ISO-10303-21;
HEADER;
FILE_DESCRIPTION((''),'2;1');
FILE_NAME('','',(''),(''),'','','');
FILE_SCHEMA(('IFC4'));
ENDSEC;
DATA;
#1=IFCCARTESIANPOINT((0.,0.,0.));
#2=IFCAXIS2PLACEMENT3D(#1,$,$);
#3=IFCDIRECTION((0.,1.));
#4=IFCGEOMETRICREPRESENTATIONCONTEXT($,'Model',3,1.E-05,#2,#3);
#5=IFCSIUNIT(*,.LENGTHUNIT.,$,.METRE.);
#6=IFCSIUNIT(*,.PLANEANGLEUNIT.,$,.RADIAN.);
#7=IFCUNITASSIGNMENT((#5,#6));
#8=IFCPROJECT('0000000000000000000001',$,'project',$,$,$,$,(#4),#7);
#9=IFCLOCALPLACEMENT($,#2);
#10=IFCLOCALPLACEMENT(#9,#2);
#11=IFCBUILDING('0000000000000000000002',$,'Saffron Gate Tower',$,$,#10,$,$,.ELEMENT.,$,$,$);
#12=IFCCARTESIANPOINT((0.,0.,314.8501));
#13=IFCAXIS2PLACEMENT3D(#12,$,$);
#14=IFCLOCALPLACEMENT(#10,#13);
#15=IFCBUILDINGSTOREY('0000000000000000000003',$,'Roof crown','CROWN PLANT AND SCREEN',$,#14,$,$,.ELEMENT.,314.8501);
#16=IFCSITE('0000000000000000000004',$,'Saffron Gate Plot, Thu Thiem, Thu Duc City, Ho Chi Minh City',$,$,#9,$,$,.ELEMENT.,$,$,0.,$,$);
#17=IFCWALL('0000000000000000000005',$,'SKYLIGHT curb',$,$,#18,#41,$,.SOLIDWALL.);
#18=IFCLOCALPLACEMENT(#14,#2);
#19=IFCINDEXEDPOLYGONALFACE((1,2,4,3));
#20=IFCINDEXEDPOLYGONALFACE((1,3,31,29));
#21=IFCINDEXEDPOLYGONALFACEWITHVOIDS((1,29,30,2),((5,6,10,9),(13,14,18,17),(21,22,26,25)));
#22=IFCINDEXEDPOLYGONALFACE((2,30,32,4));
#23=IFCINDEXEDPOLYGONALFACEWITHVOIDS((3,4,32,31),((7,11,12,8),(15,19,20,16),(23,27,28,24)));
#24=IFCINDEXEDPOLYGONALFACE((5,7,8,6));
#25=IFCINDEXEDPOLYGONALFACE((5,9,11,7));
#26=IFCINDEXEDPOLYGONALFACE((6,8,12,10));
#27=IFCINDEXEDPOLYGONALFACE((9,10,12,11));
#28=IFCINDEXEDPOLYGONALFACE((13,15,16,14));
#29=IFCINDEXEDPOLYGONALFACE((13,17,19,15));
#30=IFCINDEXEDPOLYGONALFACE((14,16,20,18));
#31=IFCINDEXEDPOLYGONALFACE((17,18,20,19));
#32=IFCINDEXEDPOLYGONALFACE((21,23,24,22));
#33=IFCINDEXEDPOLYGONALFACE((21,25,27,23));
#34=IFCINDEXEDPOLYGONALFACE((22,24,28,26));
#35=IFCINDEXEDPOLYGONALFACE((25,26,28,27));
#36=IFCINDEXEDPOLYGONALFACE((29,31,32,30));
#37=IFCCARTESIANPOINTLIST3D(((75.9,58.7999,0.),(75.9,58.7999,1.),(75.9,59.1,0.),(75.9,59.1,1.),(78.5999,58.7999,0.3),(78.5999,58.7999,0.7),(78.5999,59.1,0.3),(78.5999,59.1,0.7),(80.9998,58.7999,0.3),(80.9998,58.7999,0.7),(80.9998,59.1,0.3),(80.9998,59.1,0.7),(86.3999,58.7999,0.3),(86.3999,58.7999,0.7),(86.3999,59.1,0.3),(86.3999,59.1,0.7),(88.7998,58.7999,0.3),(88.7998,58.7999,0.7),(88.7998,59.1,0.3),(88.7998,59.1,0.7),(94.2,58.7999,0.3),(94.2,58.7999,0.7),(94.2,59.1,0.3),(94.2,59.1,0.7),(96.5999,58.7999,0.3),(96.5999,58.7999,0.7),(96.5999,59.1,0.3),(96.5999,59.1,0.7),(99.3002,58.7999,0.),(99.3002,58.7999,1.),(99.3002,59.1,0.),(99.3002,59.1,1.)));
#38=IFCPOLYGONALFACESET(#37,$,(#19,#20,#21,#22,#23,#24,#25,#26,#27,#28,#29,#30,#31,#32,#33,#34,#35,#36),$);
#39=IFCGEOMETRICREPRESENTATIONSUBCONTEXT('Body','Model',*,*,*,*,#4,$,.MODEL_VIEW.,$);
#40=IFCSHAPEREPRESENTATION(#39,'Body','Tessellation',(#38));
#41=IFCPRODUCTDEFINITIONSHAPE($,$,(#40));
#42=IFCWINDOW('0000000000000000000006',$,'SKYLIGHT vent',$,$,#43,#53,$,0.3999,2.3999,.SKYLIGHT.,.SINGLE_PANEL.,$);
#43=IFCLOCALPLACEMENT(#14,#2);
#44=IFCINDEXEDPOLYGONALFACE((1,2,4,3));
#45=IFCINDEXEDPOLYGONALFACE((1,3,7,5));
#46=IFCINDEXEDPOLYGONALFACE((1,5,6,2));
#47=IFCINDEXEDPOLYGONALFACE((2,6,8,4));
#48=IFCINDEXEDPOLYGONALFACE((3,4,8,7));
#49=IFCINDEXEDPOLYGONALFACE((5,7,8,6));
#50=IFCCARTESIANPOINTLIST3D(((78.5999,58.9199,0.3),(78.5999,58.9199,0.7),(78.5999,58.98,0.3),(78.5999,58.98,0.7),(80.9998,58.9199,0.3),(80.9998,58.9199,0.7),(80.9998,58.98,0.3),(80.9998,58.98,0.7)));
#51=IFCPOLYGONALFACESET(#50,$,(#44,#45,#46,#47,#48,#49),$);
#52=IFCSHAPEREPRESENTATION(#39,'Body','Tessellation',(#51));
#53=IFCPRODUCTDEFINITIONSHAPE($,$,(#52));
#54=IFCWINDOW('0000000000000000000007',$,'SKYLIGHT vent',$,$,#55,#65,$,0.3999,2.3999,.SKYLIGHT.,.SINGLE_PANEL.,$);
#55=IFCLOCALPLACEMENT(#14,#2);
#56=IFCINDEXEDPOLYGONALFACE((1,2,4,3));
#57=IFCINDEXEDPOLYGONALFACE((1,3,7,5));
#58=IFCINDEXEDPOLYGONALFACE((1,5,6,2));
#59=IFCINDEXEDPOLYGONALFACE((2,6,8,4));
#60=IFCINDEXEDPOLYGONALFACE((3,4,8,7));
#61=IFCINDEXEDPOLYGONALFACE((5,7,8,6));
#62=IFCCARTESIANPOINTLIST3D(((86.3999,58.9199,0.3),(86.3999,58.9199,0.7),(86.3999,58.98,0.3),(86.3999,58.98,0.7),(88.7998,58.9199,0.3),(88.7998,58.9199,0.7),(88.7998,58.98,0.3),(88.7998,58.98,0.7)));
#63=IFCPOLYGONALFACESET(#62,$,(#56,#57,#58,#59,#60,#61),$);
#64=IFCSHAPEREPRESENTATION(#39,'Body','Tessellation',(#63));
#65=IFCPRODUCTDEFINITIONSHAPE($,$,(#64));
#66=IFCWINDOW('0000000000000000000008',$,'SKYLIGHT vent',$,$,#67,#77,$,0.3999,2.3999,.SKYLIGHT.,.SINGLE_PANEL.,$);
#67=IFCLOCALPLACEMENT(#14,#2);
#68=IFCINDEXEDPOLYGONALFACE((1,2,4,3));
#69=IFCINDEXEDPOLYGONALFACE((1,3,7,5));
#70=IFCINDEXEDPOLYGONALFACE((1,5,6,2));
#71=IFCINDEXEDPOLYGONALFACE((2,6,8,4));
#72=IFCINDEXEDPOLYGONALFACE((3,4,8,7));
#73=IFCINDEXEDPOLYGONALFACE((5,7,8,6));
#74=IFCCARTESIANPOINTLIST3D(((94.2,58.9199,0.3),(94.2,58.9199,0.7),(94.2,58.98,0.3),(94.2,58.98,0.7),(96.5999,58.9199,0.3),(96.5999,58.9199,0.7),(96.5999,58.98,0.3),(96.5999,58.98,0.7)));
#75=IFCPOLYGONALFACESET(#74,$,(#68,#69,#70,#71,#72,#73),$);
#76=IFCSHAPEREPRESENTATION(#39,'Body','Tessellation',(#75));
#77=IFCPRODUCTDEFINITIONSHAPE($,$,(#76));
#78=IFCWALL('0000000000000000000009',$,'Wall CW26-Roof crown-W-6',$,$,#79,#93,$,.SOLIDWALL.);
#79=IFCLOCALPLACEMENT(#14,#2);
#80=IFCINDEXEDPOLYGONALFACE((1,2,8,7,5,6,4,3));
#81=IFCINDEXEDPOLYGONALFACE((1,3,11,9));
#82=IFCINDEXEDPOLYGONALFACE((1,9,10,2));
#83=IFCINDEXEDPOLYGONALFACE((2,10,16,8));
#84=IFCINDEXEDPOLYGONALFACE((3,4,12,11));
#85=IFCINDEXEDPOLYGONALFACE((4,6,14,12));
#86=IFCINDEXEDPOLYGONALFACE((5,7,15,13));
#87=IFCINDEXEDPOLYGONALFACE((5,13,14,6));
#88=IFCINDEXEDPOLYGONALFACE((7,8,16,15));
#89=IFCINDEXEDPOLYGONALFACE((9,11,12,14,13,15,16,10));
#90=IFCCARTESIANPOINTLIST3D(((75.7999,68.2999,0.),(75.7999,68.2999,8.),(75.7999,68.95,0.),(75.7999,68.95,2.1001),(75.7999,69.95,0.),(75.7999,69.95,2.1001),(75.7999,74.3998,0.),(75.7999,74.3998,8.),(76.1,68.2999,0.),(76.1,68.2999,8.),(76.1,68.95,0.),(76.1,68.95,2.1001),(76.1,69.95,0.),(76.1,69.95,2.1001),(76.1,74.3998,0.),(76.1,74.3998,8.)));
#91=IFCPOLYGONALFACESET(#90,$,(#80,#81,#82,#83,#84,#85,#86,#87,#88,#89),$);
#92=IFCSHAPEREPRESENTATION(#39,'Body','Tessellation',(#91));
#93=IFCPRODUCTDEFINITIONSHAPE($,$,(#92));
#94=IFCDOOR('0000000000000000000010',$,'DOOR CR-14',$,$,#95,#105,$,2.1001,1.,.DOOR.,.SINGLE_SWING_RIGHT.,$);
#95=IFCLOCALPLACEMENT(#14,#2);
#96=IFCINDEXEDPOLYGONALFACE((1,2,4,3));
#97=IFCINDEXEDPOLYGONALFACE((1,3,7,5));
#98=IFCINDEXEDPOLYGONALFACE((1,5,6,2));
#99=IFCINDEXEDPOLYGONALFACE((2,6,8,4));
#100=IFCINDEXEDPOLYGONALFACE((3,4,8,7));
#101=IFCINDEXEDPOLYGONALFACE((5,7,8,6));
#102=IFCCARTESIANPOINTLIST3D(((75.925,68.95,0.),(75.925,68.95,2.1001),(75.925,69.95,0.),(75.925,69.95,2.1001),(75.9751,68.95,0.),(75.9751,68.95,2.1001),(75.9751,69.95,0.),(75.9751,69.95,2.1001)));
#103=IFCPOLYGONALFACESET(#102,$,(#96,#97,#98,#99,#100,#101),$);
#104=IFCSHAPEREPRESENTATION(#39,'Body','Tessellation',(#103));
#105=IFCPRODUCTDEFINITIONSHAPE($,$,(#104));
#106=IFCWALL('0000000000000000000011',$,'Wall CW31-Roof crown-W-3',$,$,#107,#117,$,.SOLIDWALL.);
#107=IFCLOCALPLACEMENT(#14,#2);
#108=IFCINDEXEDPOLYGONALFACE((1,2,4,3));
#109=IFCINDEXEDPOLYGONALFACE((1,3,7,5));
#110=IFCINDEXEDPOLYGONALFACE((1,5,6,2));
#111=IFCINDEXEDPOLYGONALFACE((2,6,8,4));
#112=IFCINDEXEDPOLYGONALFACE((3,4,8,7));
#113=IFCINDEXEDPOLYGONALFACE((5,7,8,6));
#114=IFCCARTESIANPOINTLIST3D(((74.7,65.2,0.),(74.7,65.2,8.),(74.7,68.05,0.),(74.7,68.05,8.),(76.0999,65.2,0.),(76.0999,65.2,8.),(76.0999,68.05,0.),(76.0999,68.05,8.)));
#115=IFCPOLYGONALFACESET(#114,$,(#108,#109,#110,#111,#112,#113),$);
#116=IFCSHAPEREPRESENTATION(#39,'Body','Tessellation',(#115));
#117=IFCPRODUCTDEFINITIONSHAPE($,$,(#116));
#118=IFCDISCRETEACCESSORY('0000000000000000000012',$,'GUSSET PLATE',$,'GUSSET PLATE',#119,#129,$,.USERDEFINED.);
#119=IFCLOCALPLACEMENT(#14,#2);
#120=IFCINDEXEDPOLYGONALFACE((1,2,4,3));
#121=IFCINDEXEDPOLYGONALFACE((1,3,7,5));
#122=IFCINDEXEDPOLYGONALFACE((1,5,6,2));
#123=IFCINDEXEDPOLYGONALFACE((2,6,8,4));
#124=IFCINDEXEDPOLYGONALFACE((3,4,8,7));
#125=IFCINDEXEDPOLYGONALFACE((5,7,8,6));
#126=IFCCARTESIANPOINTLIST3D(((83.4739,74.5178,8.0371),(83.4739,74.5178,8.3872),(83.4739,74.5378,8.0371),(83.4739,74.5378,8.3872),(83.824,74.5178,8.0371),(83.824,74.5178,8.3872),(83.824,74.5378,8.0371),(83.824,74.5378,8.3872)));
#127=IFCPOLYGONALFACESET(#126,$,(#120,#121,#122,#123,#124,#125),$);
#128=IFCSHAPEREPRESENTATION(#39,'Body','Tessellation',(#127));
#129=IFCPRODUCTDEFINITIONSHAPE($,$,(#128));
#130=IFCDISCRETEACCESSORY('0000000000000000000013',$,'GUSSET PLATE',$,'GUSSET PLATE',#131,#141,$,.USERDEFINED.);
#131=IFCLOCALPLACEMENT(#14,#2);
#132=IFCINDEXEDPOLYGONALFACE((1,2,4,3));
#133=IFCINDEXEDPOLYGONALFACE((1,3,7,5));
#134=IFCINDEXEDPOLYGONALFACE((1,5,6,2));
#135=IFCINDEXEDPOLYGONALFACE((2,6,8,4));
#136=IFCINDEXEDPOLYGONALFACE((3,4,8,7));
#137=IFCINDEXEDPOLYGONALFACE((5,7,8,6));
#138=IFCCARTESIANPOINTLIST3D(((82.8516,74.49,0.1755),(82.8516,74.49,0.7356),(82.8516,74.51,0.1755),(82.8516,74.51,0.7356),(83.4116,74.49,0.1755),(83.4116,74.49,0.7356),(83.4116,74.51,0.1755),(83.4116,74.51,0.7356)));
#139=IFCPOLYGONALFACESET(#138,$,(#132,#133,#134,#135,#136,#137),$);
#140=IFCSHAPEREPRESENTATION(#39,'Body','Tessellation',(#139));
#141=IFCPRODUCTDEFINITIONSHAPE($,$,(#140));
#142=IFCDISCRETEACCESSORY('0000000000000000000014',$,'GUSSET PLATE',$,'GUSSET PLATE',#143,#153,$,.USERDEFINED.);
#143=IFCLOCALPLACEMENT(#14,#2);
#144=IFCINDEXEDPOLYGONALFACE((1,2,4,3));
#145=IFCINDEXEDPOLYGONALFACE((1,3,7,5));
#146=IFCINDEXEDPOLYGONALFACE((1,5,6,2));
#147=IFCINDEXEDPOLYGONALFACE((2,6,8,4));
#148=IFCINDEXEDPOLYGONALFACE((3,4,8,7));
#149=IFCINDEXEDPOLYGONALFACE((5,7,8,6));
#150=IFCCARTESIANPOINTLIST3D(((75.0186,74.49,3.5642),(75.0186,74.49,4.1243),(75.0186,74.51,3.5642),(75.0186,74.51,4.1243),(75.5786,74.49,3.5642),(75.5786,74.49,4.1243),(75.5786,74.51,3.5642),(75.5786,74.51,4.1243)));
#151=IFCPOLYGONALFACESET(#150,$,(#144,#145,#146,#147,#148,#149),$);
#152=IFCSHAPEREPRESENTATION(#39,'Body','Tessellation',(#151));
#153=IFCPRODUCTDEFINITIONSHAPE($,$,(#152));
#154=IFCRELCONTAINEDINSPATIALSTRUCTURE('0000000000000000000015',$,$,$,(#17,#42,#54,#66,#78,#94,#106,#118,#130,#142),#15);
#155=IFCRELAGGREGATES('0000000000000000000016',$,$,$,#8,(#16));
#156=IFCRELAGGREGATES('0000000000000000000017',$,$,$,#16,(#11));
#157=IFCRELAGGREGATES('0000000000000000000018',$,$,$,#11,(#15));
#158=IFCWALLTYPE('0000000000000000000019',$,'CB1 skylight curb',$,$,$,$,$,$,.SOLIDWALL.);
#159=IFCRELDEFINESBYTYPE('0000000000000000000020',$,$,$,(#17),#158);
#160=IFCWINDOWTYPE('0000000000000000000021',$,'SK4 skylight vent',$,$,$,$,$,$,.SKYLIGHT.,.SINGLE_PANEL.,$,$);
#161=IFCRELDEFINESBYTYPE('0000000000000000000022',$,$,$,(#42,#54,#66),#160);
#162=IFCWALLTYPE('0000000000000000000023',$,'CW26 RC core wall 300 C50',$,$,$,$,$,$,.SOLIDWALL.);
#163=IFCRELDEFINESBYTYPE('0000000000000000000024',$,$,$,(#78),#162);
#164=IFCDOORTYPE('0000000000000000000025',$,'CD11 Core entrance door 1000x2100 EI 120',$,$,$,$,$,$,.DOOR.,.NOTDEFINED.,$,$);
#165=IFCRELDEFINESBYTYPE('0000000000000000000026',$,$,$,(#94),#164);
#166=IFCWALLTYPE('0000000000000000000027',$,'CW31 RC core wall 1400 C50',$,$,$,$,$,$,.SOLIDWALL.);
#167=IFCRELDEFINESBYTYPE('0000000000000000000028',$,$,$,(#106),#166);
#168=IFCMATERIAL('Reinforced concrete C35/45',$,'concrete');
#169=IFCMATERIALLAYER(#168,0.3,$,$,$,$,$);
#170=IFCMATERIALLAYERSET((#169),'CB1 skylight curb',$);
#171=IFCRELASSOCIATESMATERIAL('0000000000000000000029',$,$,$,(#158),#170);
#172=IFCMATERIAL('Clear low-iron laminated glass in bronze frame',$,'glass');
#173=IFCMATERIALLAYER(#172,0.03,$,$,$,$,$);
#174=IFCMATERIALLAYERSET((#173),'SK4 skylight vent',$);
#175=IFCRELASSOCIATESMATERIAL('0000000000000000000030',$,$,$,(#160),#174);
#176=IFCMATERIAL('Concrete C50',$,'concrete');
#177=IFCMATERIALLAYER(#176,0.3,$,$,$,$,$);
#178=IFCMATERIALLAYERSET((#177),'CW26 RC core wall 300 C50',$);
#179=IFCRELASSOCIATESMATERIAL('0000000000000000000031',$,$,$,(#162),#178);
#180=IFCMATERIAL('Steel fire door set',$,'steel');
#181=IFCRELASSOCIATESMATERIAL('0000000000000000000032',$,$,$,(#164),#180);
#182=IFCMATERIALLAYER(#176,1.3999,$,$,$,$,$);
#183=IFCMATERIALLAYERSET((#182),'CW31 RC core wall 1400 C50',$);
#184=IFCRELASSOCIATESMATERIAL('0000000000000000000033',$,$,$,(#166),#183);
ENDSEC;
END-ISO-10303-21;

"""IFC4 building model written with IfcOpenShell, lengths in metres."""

from ifc_helpers import new_model, si_unit, direction, frame, frame_2d, origin, origin_2d, place, context, subcontext, project, spatial, rectangle, extrude, material, layer, layer_set, type_object, element, fill, save


model = new_model("IFC4")

# Units and contexts
model_context = context("Model", 3, precision=1e-05, world=origin(), true_north=direction((0.0, 1.0)))
body_context = subcontext(model_context, "Body", "Model", "MODEL_VIEW")
ifc_project = project(units=[si_unit("LENGTHUNIT", "METRE"), si_unit("PLANEANGLEUNIT", "RADIAN")], contexts=[model_context])

# Site, building, storey
site_placement = place(None, origin())
site = spatial("IfcSite", under=ifc_project, at=site_placement, Name="Saffron Gate Plot, Thu Thiem, Thu Duc City, Ho Chi Minh City", CompositionType="ELEMENT", RefElevation=0.0)
building_placement = place(site_placement, origin())
building = spatial("IfcBuilding", under=site, at=building_placement, Name="Saffron Gate Tower", CompositionType="ELEMENT")
storey_placement = place(building_placement, frame((0.0, 0.0, 314.8501)))
storey = spatial("IfcBuildingStorey", under=building, at=storey_placement, Name="Roof crown", Description="CROWN PLANT AND SCREEN", CompositionType="ELEMENT", Elevation=314.8501)

# Shared definitions
ifc_material_1 = material(Name="Clear low-iron laminated glass in bronze frame", Category="glass")

# Wall, openings, windows
ifc_material_2 = material(Name="Reinforced concrete C35/45", Category="concrete")
ifc_layer_1 = layer(ifc_material_2, 0.3)
ifc_layer_set_1 = layer_set([ifc_layer_1], Name="CB1 skylight curb")
wall_type_1 = type_object("IfcWallType", Name="CB1 skylight curb", PredefinedType="SOLIDWALL", material=ifc_layer_set_1)
wall_1_placement = place(storey_placement, frame((75.8999, 58.95, 0.0), z_axis=(0.0, 0.0, 1.0), x_axis=(1.0, 0.0, 0.0)))
wall_1 = element("IfcWall", 1, at=wall_1_placement, inside=storey, type_object=wall_type_1, Name="SKYLIGHT curb", PredefinedType="SOLIDWALL", context=body_context, shape_type="SweptSolid", body=[
    extrude(rectangle(XDim=23.4001, YDim=0.3, at=frame_2d((11.7002, 0.0))), origin(), (0.0, 0.0, 1.0), 1.0),
])
opening_1_placement = place(wall_1_placement, frame((2.7, 0.0, 0.3)))
opening_1 = element("IfcOpeningElement", 2, at=opening_1_placement, cuts=wall_1, PredefinedType="OPENING", context=body_context, shape_type="SweptSolid", body=[
    extrude(rectangle(XDim=2.3999, YDim=0.3999, at=frame_2d((1.2, 0.2))), frame((0.0, 0.1602, 0.0), z_axis=(0.0, -1.0, 0.0), x_axis=(1.0, 0.0, 0.0)), (0.0, 0.0, 1.0), 0.3201),
])
opening_2_placement = place(wall_1_placement, frame((10.5, 0.0, 0.3)))
opening_2 = element("IfcOpeningElement", 3, at=opening_2_placement, cuts=wall_1, PredefinedType="OPENING", context=body_context, shape_type="SweptSolid", body=[
    extrude(rectangle(XDim=2.3999, YDim=0.3999, at=frame_2d((1.2, 0.2))), frame((0.0, 0.1602, 0.0), z_axis=(0.0, -1.0, 0.0), x_axis=(1.0, 0.0, 0.0)), (0.0, 0.0, 1.0), 0.3201),
])
opening_3_placement = place(wall_1_placement, frame((18.3, 0.0, 0.3)))
opening_3 = element("IfcOpeningElement", 4, at=opening_3_placement, cuts=wall_1, PredefinedType="OPENING", context=body_context, shape_type="SweptSolid", body=[
    extrude(rectangle(XDim=2.3999, YDim=0.3999, at=frame_2d((1.2, 0.2))), frame((0.0, 0.1602, 0.0), z_axis=(0.0, -1.0, 0.0), x_axis=(1.0, 0.0, 0.0)), (0.0, 0.0, 1.0), 0.3201),
])
ifc_layer_2 = layer(ifc_material_1, 0.03)
ifc_layer_set_2 = layer_set([ifc_layer_2], Name="SK4 skylight vent")
window_type = type_object("IfcWindowType", Name="SK4 skylight vent", PartitioningType="SINGLE_PANEL", PredefinedType="SKYLIGHT", material=ifc_layer_set_2)
window_1_placement = place(opening_1_placement, origin())
window_1 = element("IfcWindow", 5, at=window_1_placement, inside=storey, type_object=window_type, Name="SKYLIGHT vent", OverallHeight=0.3999, OverallWidth=2.3999, PartitioningType="SINGLE_PANEL", PredefinedType="SKYLIGHT", context=body_context, shape_type="SweptSolid", body=[
    extrude(rectangle(XDim=2.3999, YDim=0.3999, at=frame_2d((1.2, 0.2))), frame((0.0, 0.03, 0.0), z_axis=(0.0, -1.0, 0.0), x_axis=(1.0, 0.0, 0.0)), (0.0, 0.0, 1.0), 0.0601),
])
fill(opening_1, window_1)
window_2_placement = place(opening_2_placement, origin())
window_2 = element("IfcWindow", 6, at=window_2_placement, inside=storey, type_object=window_type, Name="SKYLIGHT vent", OverallHeight=0.3999, OverallWidth=2.3999, PartitioningType="SINGLE_PANEL", PredefinedType="SKYLIGHT", context=body_context, shape_type="SweptSolid", body=[
    extrude(rectangle(XDim=2.3999, YDim=0.3999, at=frame_2d((1.2, 0.2))), frame((0.0, 0.03, 0.0), z_axis=(0.0, -1.0, 0.0), x_axis=(1.0, 0.0, 0.0)), (0.0, 0.0, 1.0), 0.0601),
])
fill(opening_2, window_2)
window_3_placement = place(opening_3_placement, origin())
window_3 = element("IfcWindow", 7, at=window_3_placement, inside=storey, type_object=window_type, Name="SKYLIGHT vent", OverallHeight=0.3999, OverallWidth=2.3999, PartitioningType="SINGLE_PANEL", PredefinedType="SKYLIGHT", context=body_context, shape_type="SweptSolid", body=[
    extrude(rectangle(XDim=2.3999, YDim=0.3999, at=frame_2d((1.2, 0.2))), frame((0.0, 0.03, 0.0), z_axis=(0.0, -1.0, 0.0), x_axis=(1.0, 0.0, 0.0)), (0.0, 0.0, 1.0), 0.0601),
])
fill(opening_3, window_3)

# Wall, opening, door
ifc_material_3 = material(Name="Concrete C50", Category="concrete")
ifc_layer_3 = layer(ifc_material_3, 0.3)
ifc_layer_set_3 = layer_set([ifc_layer_3], Name="CW26 RC core wall 300 C50")
wall_type_2 = type_object("IfcWallType", Name="CW26 RC core wall 300 C50", PredefinedType="SOLIDWALL", material=ifc_layer_set_3)
wall_2_placement = place(storey_placement, frame((75.95, 68.3, 0.0), z_axis=(0.0, 0.0, 1.0), x_axis=(0.0, 1.0, 0.0)))
wall_2 = element("IfcWall", 8, at=wall_2_placement, inside=storey, type_object=wall_type_2, Name="Wall CW26-Roof crown-W-6", PredefinedType="SOLIDWALL", context=body_context, shape_type="SweptSolid", body=[
    extrude(rectangle(XDim=6.0999, YDim=0.3, at=frame_2d((3.0498, 0.0))), origin(), (0.0, 0.0, 1.0), 8.0),
])
opening_4_placement = place(wall_2_placement, frame((0.6499, 0.0, 0.0)))
opening_4 = element("IfcOpeningElement", 9, at=opening_4_placement, cuts=wall_2, PredefinedType="OPENING", context=body_context, shape_type="SweptSolid", body=[
    extrude(rectangle(XDim=1.0, YDim=2.1001, at=frame_2d((0.5, 1.05))), frame((0.0, 0.1602, 0.0), z_axis=(0.0, -1.0, 0.0), x_axis=(1.0, 0.0, 0.0)), (0.0, 0.0, 1.0), 0.3201),
])
ifc_material_4 = material(Name="Steel fire door set", Category="steel")
door_type = type_object("IfcDoorType", Name="CD11 Core entrance door 1000x2100 EI 120", OperationType="NOTDEFINED", PredefinedType="DOOR", material=ifc_material_4)
door_placement = place(opening_4_placement, origin())
door = element("IfcDoor", 10, at=door_placement, inside=storey, type_object=door_type, Name="DOOR CR-14", OperationType="SINGLE_SWING_RIGHT", OverallHeight=2.1001, OverallWidth=1.0, PredefinedType="DOOR", context=body_context, shape_type="SweptSolid", body=[
    extrude(rectangle(XDim=1.0, YDim=2.1001, at=frame_2d((0.5, 1.05))), frame((0.0, 0.0249, 0.0), z_axis=(0.0, -1.0, 0.0), x_axis=(1.0, 0.0, 0.0)), (0.0, 0.0, 1.0), 0.05),
])
fill(opening_4, door)

# Wall
ifc_layer_4 = layer(ifc_material_3, 1.3999)
ifc_layer_set_4 = layer_set([ifc_layer_4], Name="CW31 RC core wall 1400 C50")
wall_type_3 = type_object("IfcWallType", Name="CW31 RC core wall 1400 C50", PredefinedType="SOLIDWALL", material=ifc_layer_set_4)
wall_3_placement = place(storey_placement, frame((75.3999, 65.2, 0.0), z_axis=(0.0, 0.0, 1.0), x_axis=(0.0, 1.0, 0.0)))
element("IfcWall", 11, at=wall_3_placement, inside=storey, type_object=wall_type_3, Name="Wall CW31-Roof crown-W-3", PredefinedType="SOLIDWALL", context=body_context, shape_type="SweptSolid", body=[
    extrude(rectangle(XDim=2.8501, YDim=1.3999, at=frame_2d((1.425, 0.0))), origin(), (0.0, 0.0, 1.0), 8.0),
])

# Discrete accessories
discrete_accessory_placement = place(storey_placement, frame((83.6489, 74.5278, 8.0371), z_axis=(0.0, 0.0, 1.0), x_axis=(-1.0, 0.0, 0.0)))
element("IfcDiscreteAccessory", 12, at=discrete_accessory_placement, inside=storey, Name="GUSSET PLATE", ObjectType="GUSSET PLATE", PredefinedType="USERDEFINED", context=body_context, shape_type="SweptSolid", body=[
    extrude(rectangle(XDim=0.3501, YDim=0.02, at=origin_2d()), origin(), (0.0, 0.0, 1.0), 0.3501),
])
for number, where, z_axis, x_axis, name in (
    (13, (83.1316, 74.5, 0.1755), (0.0, 0.0, 1.0), (-1.0, 0.0, 0.0), "GUSSET PLATE"),
    (14, (75.2986, 74.5, 3.5642), (0.0, 0.0, 1.0), (-1.0, 0.0, 0.0), "GUSSET PLATE"),
):
    element("IfcDiscreteAccessory", number, at=place(storey_placement, frame(where, z_axis=z_axis, x_axis=x_axis)), inside=storey, Name=name, ObjectType="GUSSET PLATE", PredefinedType="USERDEFINED", context=body_context, shape_type="SweptSolid", body=[
        extrude(rectangle(XDim=0.5601, YDim=0.02, at=origin_2d()), origin(), (0.0, 0.0, 1.0), 0.5601),
    ])

save(model, "model.ifc")
